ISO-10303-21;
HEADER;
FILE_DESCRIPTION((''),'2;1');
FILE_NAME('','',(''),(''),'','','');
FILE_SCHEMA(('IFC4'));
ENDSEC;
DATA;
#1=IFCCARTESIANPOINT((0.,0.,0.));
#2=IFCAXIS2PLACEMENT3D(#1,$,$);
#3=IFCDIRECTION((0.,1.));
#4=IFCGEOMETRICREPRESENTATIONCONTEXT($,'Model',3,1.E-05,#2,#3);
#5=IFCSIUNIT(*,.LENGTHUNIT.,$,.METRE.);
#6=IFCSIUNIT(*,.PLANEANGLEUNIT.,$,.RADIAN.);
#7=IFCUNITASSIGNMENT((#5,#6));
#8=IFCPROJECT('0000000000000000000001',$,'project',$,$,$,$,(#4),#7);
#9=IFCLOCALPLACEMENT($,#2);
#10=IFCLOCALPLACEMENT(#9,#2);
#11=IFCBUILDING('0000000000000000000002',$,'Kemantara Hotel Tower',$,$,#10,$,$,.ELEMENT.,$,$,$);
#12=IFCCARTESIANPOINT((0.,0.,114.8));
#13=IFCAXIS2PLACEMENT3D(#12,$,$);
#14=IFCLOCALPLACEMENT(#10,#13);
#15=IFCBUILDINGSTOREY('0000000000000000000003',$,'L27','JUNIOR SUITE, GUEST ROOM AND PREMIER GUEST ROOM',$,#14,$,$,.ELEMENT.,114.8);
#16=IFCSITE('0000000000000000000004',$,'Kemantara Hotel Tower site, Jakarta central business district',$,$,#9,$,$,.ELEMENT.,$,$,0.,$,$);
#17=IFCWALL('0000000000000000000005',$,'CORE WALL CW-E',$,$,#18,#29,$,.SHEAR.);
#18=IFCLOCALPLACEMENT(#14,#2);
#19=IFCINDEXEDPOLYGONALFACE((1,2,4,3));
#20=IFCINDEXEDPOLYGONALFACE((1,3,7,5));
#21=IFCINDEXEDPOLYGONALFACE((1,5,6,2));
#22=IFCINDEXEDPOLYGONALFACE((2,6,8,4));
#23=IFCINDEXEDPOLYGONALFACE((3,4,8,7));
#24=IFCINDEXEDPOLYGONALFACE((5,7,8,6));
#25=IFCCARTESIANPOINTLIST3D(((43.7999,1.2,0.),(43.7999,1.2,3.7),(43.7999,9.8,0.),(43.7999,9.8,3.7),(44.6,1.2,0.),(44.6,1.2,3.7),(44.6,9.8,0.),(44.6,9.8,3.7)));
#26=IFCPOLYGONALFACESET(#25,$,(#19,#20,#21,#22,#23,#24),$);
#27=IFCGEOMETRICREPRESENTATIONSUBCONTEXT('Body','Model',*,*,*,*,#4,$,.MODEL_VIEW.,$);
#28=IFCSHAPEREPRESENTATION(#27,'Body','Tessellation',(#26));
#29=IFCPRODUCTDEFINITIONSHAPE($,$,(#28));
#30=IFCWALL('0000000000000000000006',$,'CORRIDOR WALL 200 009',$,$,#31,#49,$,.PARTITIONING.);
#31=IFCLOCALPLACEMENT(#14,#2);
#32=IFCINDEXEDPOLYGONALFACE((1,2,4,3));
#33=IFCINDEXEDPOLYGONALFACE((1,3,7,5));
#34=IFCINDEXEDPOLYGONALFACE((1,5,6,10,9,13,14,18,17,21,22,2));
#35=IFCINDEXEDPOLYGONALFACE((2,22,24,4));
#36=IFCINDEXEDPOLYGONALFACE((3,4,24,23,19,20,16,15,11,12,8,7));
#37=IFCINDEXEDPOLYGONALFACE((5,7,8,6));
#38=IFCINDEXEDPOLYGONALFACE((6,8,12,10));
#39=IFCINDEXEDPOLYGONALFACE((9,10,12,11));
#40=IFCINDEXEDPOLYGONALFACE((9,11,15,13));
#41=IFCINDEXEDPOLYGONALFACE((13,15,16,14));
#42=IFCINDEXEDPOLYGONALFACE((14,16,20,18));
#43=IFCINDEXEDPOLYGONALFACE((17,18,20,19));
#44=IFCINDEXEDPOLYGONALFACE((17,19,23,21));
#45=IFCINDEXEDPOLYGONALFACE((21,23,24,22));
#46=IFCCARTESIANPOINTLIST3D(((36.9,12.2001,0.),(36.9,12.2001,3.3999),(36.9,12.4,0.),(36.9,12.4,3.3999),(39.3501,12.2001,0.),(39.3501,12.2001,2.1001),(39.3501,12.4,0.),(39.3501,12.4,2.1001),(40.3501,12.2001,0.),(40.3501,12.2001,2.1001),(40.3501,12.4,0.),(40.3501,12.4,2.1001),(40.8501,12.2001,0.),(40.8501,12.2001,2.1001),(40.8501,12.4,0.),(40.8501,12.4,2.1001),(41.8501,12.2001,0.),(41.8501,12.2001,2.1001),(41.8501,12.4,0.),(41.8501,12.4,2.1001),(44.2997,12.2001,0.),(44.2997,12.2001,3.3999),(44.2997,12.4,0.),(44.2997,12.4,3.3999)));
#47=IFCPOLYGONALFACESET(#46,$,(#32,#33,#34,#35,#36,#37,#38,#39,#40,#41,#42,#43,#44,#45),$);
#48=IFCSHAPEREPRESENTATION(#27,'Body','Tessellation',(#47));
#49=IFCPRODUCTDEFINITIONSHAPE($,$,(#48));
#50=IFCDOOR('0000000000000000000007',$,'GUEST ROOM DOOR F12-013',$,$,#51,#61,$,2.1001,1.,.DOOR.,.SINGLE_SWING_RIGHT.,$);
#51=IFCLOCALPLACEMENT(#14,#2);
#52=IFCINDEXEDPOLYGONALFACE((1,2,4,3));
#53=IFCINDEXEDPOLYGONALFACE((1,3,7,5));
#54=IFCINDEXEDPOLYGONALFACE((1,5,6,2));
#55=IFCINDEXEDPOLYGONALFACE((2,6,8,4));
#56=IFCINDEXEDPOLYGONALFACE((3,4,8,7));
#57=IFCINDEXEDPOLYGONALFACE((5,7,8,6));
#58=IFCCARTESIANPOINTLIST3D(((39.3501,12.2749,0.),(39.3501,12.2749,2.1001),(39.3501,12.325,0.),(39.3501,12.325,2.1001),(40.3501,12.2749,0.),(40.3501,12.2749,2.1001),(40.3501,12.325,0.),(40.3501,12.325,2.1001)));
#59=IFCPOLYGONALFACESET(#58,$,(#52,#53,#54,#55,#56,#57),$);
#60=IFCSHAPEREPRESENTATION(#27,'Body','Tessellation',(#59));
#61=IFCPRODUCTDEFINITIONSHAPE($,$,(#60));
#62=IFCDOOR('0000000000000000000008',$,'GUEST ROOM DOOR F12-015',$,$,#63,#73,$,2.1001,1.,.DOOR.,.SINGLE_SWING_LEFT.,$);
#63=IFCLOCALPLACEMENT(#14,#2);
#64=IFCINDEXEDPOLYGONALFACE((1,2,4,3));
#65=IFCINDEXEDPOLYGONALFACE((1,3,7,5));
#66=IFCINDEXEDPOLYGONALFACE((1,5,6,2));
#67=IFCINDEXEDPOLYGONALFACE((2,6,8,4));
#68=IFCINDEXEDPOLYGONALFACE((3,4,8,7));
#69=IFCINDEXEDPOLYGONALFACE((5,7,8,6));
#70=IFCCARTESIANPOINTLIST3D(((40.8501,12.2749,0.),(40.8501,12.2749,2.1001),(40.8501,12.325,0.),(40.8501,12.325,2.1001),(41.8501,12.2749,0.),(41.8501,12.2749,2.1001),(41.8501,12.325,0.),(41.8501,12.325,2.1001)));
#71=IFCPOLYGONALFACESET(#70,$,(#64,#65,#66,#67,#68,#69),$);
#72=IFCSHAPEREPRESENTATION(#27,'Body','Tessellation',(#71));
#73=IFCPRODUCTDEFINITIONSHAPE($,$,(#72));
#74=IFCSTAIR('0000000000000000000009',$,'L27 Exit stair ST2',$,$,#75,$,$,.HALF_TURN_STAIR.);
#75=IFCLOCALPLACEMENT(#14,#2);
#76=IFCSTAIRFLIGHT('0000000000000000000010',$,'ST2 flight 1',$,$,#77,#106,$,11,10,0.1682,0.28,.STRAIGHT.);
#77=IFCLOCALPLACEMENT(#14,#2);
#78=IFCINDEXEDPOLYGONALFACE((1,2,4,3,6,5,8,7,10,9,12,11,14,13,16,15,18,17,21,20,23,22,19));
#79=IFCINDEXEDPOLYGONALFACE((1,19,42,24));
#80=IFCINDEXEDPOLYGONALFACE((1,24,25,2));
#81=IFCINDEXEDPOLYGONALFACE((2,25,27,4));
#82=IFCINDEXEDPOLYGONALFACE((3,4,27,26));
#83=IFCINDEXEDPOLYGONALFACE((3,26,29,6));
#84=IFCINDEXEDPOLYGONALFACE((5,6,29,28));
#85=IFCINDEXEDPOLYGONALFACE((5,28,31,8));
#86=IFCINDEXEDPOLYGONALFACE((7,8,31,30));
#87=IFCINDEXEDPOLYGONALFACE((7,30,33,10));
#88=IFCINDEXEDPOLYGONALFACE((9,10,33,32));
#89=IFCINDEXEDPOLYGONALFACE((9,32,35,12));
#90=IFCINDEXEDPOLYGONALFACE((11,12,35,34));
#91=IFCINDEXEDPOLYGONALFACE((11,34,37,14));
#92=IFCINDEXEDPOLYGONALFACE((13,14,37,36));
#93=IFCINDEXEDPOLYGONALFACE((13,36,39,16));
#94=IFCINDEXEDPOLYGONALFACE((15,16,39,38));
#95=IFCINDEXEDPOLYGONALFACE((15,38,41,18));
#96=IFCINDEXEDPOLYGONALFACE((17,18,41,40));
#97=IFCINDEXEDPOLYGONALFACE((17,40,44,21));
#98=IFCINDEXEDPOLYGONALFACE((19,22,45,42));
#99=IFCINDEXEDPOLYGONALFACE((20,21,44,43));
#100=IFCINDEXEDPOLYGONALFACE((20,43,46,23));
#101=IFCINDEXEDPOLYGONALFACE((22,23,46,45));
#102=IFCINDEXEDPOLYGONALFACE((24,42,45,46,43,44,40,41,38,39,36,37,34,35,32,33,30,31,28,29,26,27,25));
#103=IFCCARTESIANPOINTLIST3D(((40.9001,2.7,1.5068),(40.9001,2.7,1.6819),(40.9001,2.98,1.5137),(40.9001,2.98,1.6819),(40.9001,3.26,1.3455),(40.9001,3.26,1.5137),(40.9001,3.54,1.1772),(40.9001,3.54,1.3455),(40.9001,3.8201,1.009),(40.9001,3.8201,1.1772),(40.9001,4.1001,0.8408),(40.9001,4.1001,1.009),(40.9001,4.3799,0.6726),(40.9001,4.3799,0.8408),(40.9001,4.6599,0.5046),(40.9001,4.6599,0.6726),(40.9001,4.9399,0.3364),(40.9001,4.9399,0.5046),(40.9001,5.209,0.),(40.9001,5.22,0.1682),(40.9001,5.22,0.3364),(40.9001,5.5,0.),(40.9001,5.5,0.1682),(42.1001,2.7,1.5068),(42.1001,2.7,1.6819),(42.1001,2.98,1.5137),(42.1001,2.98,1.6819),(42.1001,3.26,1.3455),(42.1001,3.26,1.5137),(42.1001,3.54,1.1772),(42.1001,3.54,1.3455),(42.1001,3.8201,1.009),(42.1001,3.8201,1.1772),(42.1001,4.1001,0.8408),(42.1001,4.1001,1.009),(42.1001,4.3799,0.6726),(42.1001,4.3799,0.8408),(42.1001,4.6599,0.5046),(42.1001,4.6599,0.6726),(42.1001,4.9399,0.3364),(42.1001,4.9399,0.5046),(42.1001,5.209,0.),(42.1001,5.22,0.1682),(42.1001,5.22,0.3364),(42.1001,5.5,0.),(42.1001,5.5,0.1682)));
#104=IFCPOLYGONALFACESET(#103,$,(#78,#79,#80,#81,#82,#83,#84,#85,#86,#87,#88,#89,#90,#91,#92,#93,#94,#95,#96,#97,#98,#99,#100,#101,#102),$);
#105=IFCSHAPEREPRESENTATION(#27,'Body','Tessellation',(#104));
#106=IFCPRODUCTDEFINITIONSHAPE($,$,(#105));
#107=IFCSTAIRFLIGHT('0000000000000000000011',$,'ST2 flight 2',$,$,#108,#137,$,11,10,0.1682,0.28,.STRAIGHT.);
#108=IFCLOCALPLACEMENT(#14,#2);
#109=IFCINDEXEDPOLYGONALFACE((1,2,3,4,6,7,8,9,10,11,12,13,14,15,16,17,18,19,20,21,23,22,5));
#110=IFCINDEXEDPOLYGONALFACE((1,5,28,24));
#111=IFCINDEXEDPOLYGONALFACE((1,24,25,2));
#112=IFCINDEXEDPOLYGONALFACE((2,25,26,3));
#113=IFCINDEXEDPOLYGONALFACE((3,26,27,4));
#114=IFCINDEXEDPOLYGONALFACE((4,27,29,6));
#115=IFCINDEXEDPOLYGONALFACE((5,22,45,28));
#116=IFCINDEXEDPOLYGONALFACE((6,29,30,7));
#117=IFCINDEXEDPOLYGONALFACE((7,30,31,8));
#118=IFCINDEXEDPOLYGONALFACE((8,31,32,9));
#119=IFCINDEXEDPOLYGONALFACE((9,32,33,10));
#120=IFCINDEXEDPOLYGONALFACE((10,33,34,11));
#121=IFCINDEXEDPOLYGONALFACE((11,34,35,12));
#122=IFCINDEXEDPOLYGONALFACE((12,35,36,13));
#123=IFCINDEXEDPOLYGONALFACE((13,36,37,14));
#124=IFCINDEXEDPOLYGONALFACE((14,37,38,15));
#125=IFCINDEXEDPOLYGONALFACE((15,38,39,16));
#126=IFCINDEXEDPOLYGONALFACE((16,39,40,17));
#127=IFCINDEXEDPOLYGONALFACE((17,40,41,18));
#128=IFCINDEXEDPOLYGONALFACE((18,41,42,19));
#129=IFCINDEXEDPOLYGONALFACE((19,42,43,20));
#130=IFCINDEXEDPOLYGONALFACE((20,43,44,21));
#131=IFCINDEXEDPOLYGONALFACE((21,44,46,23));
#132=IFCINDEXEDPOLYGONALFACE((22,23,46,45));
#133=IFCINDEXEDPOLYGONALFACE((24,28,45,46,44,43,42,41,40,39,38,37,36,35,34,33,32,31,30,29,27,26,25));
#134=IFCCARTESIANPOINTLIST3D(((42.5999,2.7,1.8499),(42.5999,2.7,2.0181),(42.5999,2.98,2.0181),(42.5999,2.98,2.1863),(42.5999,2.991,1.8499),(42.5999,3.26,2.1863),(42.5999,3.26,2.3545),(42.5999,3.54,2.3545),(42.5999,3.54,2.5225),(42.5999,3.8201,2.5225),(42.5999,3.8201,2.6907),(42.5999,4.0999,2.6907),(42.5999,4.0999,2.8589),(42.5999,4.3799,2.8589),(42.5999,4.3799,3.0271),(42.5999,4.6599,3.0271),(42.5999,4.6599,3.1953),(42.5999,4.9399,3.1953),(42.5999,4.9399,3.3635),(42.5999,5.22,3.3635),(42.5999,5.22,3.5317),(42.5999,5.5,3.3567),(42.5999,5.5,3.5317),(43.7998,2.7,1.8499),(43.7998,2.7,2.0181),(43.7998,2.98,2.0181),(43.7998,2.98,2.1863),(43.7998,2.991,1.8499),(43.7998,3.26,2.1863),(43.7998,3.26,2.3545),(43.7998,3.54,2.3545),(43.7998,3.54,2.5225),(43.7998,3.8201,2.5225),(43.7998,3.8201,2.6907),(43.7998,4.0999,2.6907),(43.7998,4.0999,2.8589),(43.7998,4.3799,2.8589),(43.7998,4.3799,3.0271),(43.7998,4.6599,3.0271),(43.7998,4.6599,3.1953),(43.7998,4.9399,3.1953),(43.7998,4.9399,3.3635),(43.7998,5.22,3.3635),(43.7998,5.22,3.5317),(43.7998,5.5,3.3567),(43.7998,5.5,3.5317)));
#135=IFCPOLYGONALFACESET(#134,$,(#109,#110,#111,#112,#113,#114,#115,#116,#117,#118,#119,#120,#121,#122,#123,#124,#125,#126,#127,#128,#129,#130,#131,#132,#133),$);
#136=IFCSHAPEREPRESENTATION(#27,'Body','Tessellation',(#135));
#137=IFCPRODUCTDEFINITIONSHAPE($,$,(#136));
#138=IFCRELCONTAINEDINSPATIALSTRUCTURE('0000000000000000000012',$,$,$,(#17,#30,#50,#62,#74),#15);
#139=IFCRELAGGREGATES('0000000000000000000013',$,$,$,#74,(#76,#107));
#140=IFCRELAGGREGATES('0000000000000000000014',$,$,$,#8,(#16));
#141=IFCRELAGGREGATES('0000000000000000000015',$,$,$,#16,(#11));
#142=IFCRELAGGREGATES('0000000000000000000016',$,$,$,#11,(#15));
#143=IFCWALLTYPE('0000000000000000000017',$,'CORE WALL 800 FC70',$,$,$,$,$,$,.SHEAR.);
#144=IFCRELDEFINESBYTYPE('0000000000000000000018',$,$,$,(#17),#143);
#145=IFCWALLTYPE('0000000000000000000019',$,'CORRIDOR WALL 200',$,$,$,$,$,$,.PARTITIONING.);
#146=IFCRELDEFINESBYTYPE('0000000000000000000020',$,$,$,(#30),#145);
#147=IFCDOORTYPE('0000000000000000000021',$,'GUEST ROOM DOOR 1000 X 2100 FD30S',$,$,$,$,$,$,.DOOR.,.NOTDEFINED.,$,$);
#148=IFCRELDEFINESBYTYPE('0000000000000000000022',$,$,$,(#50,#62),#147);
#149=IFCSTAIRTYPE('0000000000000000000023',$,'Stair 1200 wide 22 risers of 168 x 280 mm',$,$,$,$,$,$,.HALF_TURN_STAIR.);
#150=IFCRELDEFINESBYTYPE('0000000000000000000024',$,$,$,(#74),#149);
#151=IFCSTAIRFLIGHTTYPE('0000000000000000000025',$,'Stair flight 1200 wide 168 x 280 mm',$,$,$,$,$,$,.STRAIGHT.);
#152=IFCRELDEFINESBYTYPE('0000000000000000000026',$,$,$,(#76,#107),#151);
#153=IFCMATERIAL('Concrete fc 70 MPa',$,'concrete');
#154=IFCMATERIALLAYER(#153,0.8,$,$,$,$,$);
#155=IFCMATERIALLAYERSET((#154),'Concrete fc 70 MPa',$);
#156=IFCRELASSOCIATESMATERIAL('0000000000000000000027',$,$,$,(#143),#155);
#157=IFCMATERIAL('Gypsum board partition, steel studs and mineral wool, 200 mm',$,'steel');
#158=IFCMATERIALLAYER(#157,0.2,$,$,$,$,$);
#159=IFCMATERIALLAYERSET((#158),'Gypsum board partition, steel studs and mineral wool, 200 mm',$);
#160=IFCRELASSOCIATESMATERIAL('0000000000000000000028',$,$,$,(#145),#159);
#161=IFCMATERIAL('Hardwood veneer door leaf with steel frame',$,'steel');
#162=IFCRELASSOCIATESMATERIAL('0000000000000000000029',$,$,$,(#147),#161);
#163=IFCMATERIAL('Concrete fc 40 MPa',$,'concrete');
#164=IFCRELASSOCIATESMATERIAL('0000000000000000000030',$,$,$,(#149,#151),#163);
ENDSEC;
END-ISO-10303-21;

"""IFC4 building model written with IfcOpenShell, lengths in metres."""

from ifc_helpers import new_model, si_unit, direction, frame, frame_2d, origin, place, context, subcontext, project, spatial, polyline, rectangle, outline, extrude, material, layer, layer_set, type_object, element, fill, aggregate, save


model = new_model("IFC4")

# Units and contexts
model_context = context("Model", 3, precision=1e-05, world=origin(), true_north=direction((0.0, 1.0)))
body_context = subcontext(model_context, "Body", "Model", "MODEL_VIEW")
ifc_project = project(units=[si_unit("LENGTHUNIT", "METRE"), si_unit("PLANEANGLEUNIT", "RADIAN")], contexts=[model_context])

# Site, building, storey
site_placement = place(None, origin())
site = spatial("IfcSite", under=ifc_project, at=site_placement, Name="Kemantara Hotel Tower site, Jakarta central business district", CompositionType="ELEMENT", RefElevation=0.0)
building_placement = place(site_placement, origin())
building = spatial("IfcBuilding", under=site, at=building_placement, Name="Kemantara Hotel Tower", CompositionType="ELEMENT")
storey_placement = place(building_placement, frame((0.0, 0.0, 114.8)))
storey = spatial("IfcBuildingStorey", under=building, at=storey_placement, Name="L27", Description="JUNIOR SUITE, GUEST ROOM AND PREMIER GUEST ROOM", CompositionType="ELEMENT", Elevation=114.8)

# Shared definitions
ifc_material_1 = material(Name="Concrete fc 70 MPa", Category="concrete")

# Wall
ifc_layer_1 = layer(ifc_material_1, 0.8)
ifc_layer_set_1 = layer_set([ifc_layer_1], Name="Concrete fc 70 MPa")
wall_type_1 = type_object("IfcWallType", Name="CORE WALL 800 FC70", PredefinedType="SHEAR", material=ifc_layer_set_1)
wall_1_placement = place(storey_placement, frame((44.2, 1.2, 0.0), z_axis=(0.0, 0.0, 1.0), x_axis=(0.0, 1.0, 0.0)))
element("IfcWall", 1, at=wall_1_placement, inside=storey, type_object=wall_type_1, Name="CORE WALL CW-E", PredefinedType="SHEAR", context=body_context, shape_type="SweptSolid", body=[
    extrude(rectangle(XDim=8.6001, YDim=0.8, at=frame_2d((4.3, 0.0))), origin(), (0.0, 0.0, 1.0), 3.7),
])

# Wall, openings, doors
ifc_material_2 = material(Name="Gypsum board partition, steel studs and mineral wool, 200 mm", Category="steel")
ifc_layer_2 = layer(ifc_material_2, 0.2)
ifc_layer_set_2 = layer_set([ifc_layer_2], Name="Gypsum board partition, steel studs and mineral wool, 200 mm")
wall_type_2 = type_object("IfcWallType", Name="CORRIDOR WALL 200", PredefinedType="PARTITIONING", material=ifc_layer_set_2)
wall_2_placement = place(storey_placement, frame((36.9001, 12.3, 0.0), z_axis=(0.0, 0.0, 1.0), x_axis=(1.0, 0.0, 0.0)))
wall_2 = element("IfcWall", 2, at=wall_2_placement, inside=storey, type_object=wall_type_2, Name="CORRIDOR WALL 200 009", PredefinedType="PARTITIONING", context=body_context, shape_type="SweptSolid", body=[
    extrude(rectangle(XDim=7.3997, YDim=0.2, at=frame_2d((3.6997, 0.0))), origin(), (0.0, 0.0, 1.0), 3.3999),
])
opening_1_placement = place(wall_2_placement, frame((2.45, 0.0, 0.0)))
opening_1 = element("IfcOpeningElement", 3, at=opening_1_placement, cuts=wall_2, PredefinedType="OPENING", context=body_context, shape_type="SweptSolid", body=[
    extrude(rectangle(XDim=1.0, YDim=2.1001, at=frame_2d((0.5, 1.05))), frame((0.0, 0.1099, 0.0), z_axis=(0.0, -1.0, 0.0), x_axis=(1.0, 0.0, 0.0)), (0.0, 0.0, 1.0), 0.22),
])
opening_2_placement = place(wall_2_placement, frame((3.95, 0.0, 0.0)))
opening_2 = element("IfcOpeningElement", 4, at=opening_2_placement, cuts=wall_2, PredefinedType="OPENING", context=body_context, shape_type="SweptSolid", body=[
    extrude(rectangle(XDim=1.0, YDim=2.1001, at=frame_2d((0.5, 1.05))), frame((0.0, 0.1099, 0.0), z_axis=(0.0, -1.0, 0.0), x_axis=(1.0, 0.0, 0.0)), (0.0, 0.0, 1.0), 0.22),
])
ifc_material_3 = material(Name="Hardwood veneer door leaf with steel frame", Category="steel")
door_type_1 = type_object("IfcDoorType", Name="GUEST ROOM DOOR 1000 X 2100 FD30S", OperationType="NOTDEFINED", PredefinedType="DOOR", material=ifc_material_3)
door_1_placement = place(opening_1_placement, origin())
door_1 = element("IfcDoor", 5, at=door_1_placement, inside=storey, type_object=door_type_1, Name="GUEST ROOM DOOR F12-013", OperationType="SINGLE_SWING_RIGHT", OverallHeight=2.1001, OverallWidth=1.0, PredefinedType="DOOR", context=body_context, shape_type="SweptSolid", body=[
    extrude(rectangle(XDim=1.0, YDim=2.1001, at=frame_2d((0.5, 1.05))), frame((0.0, 0.0249, 0.0), z_axis=(0.0, -1.0, 0.0), x_axis=(1.0, 0.0, 0.0)), (0.0, 0.0, 1.0), 0.05),
])
fill(opening_1, door_1)
door_2_placement = place(opening_2_placement, origin())
door_2 = element("IfcDoor", 6, at=door_2_placement, inside=storey, type_object=door_type_1, Name="GUEST ROOM DOOR F12-015", OperationType="SINGLE_SWING_LEFT", OverallHeight=2.1001, OverallWidth=1.0, PredefinedType="DOOR", context=body_context, shape_type="SweptSolid", body=[
    extrude(rectangle(XDim=1.0, YDim=2.1001, at=frame_2d((0.5, 1.05))), frame((0.0, 0.0249, 0.0), z_axis=(0.0, -1.0, 0.0), x_axis=(1.0, 0.0, 0.0)), (0.0, 0.0, 1.0), 0.05),
])
fill(opening_2, door_2)

# Stair, stair flights
ifc_material_4 = material(Name="Concrete fc 40 MPa", Category="concrete")
stair_type = type_object("IfcStairType", Name="Stair 1200 wide 22 risers of 168 x 280 mm", PredefinedType="HALF_TURN_STAIR", material=ifc_material_4)
stair_placement = place(storey_placement, origin())
stair = element("IfcStair", 7, at=stair_placement, inside=storey, type_object=stair_type, Name="L27 Exit stair ST2", PredefinedType="HALF_TURN_STAIR")
stair_flight_type = type_object("IfcStairFlightType", Name="Stair flight 1200 wide 168 x 280 mm", PredefinedType="STRAIGHT", material=ifc_material_4)
stair_flight_1_placement = place(storey_placement, frame((41.5, 5.5, 0.0), z_axis=(0.0, 0.0, 1.0), x_axis=(0.0, -1.0, 0.0)))
stair_flight_1 = element("IfcStairFlight", 8, at=stair_flight_1_placement, type_object=stair_flight_type, Name="ST2 flight 1", NumberOfRisers=11, NumberOfTreads=10, PredefinedType="STRAIGHT", RiserHeight=0.1682, TreadLength=0.28, context=body_context, shape_type="SweptSolid", body=[
    extrude(outline(polyline([(0.0, 0.0), (0.0, 0.1682), (0.28, 0.1682), (0.28, 0.3364), (0.5601, 0.3364), (0.5601, 0.5046), (0.8401, 0.5046), (0.8401, 0.6726), (1.1201, 0.6726), (1.1201, 0.8408), (1.3999, 0.8408), (1.3999, 1.009), (1.6799, 1.009), (1.6799, 1.1772), (1.96, 1.1772), (1.96, 1.3455), (2.24, 1.3455), (2.24, 1.5137), (2.52, 1.5137), (2.52, 1.6819), (2.8, 1.6819), (2.8, 1.8501), (2.8, 1.5068), (0.291, 0.0), (0.0, 0.0)])), frame((0.0, 0.6001, 0.0), z_axis=(0.0, -1.0, 0.0), x_axis=(1.0, 0.0, 0.0)), (0.0, 0.0, 1.0), 1.2),
])
stair_flight_2_placement = place(storey_placement, frame((43.2, 2.7, 1.8499), z_axis=(0.0, 0.0, 1.0), x_axis=(0.0, 1.0, 0.0)))
stair_flight_2 = element("IfcStairFlight", 9, at=stair_flight_2_placement, type_object=stair_flight_type, Name="ST2 flight 2", NumberOfRisers=11, NumberOfTreads=10, PredefinedType="STRAIGHT", RiserHeight=0.1682, TreadLength=0.28, context=body_context, shape_type="SweptSolid", body=[
    extrude(outline(polyline([(0.0, 0.0), (0.0, 0.1682), (0.28, 0.1682), (0.28, 0.3364), (0.5601, 0.3364), (0.5601, 0.5046), (0.8401, 0.5046), (0.8401, 0.6726), (1.1201, 0.6726), (1.1201, 0.8408), (1.3999, 0.8408), (1.3999, 1.009), (1.6799, 1.009), (1.6799, 1.1772), (1.96, 1.1772), (1.96, 1.3455), (2.24, 1.3455), (2.24, 1.5137), (2.52, 1.5137), (2.52, 1.6819), (2.8, 1.6819), (2.8, 1.8501), (2.8, 1.5068), (0.291, 0.0), (0.0, 0.0)])), frame((0.0, 0.6001, 0.0), z_axis=(0.0, -1.0, 0.0), x_axis=(1.0, 0.0, 0.0)), (0.0, 0.0, 1.0), 1.2),
])
aggregate(stair, [stair_flight_1, stair_flight_2])

save(model, "model.ifc")
